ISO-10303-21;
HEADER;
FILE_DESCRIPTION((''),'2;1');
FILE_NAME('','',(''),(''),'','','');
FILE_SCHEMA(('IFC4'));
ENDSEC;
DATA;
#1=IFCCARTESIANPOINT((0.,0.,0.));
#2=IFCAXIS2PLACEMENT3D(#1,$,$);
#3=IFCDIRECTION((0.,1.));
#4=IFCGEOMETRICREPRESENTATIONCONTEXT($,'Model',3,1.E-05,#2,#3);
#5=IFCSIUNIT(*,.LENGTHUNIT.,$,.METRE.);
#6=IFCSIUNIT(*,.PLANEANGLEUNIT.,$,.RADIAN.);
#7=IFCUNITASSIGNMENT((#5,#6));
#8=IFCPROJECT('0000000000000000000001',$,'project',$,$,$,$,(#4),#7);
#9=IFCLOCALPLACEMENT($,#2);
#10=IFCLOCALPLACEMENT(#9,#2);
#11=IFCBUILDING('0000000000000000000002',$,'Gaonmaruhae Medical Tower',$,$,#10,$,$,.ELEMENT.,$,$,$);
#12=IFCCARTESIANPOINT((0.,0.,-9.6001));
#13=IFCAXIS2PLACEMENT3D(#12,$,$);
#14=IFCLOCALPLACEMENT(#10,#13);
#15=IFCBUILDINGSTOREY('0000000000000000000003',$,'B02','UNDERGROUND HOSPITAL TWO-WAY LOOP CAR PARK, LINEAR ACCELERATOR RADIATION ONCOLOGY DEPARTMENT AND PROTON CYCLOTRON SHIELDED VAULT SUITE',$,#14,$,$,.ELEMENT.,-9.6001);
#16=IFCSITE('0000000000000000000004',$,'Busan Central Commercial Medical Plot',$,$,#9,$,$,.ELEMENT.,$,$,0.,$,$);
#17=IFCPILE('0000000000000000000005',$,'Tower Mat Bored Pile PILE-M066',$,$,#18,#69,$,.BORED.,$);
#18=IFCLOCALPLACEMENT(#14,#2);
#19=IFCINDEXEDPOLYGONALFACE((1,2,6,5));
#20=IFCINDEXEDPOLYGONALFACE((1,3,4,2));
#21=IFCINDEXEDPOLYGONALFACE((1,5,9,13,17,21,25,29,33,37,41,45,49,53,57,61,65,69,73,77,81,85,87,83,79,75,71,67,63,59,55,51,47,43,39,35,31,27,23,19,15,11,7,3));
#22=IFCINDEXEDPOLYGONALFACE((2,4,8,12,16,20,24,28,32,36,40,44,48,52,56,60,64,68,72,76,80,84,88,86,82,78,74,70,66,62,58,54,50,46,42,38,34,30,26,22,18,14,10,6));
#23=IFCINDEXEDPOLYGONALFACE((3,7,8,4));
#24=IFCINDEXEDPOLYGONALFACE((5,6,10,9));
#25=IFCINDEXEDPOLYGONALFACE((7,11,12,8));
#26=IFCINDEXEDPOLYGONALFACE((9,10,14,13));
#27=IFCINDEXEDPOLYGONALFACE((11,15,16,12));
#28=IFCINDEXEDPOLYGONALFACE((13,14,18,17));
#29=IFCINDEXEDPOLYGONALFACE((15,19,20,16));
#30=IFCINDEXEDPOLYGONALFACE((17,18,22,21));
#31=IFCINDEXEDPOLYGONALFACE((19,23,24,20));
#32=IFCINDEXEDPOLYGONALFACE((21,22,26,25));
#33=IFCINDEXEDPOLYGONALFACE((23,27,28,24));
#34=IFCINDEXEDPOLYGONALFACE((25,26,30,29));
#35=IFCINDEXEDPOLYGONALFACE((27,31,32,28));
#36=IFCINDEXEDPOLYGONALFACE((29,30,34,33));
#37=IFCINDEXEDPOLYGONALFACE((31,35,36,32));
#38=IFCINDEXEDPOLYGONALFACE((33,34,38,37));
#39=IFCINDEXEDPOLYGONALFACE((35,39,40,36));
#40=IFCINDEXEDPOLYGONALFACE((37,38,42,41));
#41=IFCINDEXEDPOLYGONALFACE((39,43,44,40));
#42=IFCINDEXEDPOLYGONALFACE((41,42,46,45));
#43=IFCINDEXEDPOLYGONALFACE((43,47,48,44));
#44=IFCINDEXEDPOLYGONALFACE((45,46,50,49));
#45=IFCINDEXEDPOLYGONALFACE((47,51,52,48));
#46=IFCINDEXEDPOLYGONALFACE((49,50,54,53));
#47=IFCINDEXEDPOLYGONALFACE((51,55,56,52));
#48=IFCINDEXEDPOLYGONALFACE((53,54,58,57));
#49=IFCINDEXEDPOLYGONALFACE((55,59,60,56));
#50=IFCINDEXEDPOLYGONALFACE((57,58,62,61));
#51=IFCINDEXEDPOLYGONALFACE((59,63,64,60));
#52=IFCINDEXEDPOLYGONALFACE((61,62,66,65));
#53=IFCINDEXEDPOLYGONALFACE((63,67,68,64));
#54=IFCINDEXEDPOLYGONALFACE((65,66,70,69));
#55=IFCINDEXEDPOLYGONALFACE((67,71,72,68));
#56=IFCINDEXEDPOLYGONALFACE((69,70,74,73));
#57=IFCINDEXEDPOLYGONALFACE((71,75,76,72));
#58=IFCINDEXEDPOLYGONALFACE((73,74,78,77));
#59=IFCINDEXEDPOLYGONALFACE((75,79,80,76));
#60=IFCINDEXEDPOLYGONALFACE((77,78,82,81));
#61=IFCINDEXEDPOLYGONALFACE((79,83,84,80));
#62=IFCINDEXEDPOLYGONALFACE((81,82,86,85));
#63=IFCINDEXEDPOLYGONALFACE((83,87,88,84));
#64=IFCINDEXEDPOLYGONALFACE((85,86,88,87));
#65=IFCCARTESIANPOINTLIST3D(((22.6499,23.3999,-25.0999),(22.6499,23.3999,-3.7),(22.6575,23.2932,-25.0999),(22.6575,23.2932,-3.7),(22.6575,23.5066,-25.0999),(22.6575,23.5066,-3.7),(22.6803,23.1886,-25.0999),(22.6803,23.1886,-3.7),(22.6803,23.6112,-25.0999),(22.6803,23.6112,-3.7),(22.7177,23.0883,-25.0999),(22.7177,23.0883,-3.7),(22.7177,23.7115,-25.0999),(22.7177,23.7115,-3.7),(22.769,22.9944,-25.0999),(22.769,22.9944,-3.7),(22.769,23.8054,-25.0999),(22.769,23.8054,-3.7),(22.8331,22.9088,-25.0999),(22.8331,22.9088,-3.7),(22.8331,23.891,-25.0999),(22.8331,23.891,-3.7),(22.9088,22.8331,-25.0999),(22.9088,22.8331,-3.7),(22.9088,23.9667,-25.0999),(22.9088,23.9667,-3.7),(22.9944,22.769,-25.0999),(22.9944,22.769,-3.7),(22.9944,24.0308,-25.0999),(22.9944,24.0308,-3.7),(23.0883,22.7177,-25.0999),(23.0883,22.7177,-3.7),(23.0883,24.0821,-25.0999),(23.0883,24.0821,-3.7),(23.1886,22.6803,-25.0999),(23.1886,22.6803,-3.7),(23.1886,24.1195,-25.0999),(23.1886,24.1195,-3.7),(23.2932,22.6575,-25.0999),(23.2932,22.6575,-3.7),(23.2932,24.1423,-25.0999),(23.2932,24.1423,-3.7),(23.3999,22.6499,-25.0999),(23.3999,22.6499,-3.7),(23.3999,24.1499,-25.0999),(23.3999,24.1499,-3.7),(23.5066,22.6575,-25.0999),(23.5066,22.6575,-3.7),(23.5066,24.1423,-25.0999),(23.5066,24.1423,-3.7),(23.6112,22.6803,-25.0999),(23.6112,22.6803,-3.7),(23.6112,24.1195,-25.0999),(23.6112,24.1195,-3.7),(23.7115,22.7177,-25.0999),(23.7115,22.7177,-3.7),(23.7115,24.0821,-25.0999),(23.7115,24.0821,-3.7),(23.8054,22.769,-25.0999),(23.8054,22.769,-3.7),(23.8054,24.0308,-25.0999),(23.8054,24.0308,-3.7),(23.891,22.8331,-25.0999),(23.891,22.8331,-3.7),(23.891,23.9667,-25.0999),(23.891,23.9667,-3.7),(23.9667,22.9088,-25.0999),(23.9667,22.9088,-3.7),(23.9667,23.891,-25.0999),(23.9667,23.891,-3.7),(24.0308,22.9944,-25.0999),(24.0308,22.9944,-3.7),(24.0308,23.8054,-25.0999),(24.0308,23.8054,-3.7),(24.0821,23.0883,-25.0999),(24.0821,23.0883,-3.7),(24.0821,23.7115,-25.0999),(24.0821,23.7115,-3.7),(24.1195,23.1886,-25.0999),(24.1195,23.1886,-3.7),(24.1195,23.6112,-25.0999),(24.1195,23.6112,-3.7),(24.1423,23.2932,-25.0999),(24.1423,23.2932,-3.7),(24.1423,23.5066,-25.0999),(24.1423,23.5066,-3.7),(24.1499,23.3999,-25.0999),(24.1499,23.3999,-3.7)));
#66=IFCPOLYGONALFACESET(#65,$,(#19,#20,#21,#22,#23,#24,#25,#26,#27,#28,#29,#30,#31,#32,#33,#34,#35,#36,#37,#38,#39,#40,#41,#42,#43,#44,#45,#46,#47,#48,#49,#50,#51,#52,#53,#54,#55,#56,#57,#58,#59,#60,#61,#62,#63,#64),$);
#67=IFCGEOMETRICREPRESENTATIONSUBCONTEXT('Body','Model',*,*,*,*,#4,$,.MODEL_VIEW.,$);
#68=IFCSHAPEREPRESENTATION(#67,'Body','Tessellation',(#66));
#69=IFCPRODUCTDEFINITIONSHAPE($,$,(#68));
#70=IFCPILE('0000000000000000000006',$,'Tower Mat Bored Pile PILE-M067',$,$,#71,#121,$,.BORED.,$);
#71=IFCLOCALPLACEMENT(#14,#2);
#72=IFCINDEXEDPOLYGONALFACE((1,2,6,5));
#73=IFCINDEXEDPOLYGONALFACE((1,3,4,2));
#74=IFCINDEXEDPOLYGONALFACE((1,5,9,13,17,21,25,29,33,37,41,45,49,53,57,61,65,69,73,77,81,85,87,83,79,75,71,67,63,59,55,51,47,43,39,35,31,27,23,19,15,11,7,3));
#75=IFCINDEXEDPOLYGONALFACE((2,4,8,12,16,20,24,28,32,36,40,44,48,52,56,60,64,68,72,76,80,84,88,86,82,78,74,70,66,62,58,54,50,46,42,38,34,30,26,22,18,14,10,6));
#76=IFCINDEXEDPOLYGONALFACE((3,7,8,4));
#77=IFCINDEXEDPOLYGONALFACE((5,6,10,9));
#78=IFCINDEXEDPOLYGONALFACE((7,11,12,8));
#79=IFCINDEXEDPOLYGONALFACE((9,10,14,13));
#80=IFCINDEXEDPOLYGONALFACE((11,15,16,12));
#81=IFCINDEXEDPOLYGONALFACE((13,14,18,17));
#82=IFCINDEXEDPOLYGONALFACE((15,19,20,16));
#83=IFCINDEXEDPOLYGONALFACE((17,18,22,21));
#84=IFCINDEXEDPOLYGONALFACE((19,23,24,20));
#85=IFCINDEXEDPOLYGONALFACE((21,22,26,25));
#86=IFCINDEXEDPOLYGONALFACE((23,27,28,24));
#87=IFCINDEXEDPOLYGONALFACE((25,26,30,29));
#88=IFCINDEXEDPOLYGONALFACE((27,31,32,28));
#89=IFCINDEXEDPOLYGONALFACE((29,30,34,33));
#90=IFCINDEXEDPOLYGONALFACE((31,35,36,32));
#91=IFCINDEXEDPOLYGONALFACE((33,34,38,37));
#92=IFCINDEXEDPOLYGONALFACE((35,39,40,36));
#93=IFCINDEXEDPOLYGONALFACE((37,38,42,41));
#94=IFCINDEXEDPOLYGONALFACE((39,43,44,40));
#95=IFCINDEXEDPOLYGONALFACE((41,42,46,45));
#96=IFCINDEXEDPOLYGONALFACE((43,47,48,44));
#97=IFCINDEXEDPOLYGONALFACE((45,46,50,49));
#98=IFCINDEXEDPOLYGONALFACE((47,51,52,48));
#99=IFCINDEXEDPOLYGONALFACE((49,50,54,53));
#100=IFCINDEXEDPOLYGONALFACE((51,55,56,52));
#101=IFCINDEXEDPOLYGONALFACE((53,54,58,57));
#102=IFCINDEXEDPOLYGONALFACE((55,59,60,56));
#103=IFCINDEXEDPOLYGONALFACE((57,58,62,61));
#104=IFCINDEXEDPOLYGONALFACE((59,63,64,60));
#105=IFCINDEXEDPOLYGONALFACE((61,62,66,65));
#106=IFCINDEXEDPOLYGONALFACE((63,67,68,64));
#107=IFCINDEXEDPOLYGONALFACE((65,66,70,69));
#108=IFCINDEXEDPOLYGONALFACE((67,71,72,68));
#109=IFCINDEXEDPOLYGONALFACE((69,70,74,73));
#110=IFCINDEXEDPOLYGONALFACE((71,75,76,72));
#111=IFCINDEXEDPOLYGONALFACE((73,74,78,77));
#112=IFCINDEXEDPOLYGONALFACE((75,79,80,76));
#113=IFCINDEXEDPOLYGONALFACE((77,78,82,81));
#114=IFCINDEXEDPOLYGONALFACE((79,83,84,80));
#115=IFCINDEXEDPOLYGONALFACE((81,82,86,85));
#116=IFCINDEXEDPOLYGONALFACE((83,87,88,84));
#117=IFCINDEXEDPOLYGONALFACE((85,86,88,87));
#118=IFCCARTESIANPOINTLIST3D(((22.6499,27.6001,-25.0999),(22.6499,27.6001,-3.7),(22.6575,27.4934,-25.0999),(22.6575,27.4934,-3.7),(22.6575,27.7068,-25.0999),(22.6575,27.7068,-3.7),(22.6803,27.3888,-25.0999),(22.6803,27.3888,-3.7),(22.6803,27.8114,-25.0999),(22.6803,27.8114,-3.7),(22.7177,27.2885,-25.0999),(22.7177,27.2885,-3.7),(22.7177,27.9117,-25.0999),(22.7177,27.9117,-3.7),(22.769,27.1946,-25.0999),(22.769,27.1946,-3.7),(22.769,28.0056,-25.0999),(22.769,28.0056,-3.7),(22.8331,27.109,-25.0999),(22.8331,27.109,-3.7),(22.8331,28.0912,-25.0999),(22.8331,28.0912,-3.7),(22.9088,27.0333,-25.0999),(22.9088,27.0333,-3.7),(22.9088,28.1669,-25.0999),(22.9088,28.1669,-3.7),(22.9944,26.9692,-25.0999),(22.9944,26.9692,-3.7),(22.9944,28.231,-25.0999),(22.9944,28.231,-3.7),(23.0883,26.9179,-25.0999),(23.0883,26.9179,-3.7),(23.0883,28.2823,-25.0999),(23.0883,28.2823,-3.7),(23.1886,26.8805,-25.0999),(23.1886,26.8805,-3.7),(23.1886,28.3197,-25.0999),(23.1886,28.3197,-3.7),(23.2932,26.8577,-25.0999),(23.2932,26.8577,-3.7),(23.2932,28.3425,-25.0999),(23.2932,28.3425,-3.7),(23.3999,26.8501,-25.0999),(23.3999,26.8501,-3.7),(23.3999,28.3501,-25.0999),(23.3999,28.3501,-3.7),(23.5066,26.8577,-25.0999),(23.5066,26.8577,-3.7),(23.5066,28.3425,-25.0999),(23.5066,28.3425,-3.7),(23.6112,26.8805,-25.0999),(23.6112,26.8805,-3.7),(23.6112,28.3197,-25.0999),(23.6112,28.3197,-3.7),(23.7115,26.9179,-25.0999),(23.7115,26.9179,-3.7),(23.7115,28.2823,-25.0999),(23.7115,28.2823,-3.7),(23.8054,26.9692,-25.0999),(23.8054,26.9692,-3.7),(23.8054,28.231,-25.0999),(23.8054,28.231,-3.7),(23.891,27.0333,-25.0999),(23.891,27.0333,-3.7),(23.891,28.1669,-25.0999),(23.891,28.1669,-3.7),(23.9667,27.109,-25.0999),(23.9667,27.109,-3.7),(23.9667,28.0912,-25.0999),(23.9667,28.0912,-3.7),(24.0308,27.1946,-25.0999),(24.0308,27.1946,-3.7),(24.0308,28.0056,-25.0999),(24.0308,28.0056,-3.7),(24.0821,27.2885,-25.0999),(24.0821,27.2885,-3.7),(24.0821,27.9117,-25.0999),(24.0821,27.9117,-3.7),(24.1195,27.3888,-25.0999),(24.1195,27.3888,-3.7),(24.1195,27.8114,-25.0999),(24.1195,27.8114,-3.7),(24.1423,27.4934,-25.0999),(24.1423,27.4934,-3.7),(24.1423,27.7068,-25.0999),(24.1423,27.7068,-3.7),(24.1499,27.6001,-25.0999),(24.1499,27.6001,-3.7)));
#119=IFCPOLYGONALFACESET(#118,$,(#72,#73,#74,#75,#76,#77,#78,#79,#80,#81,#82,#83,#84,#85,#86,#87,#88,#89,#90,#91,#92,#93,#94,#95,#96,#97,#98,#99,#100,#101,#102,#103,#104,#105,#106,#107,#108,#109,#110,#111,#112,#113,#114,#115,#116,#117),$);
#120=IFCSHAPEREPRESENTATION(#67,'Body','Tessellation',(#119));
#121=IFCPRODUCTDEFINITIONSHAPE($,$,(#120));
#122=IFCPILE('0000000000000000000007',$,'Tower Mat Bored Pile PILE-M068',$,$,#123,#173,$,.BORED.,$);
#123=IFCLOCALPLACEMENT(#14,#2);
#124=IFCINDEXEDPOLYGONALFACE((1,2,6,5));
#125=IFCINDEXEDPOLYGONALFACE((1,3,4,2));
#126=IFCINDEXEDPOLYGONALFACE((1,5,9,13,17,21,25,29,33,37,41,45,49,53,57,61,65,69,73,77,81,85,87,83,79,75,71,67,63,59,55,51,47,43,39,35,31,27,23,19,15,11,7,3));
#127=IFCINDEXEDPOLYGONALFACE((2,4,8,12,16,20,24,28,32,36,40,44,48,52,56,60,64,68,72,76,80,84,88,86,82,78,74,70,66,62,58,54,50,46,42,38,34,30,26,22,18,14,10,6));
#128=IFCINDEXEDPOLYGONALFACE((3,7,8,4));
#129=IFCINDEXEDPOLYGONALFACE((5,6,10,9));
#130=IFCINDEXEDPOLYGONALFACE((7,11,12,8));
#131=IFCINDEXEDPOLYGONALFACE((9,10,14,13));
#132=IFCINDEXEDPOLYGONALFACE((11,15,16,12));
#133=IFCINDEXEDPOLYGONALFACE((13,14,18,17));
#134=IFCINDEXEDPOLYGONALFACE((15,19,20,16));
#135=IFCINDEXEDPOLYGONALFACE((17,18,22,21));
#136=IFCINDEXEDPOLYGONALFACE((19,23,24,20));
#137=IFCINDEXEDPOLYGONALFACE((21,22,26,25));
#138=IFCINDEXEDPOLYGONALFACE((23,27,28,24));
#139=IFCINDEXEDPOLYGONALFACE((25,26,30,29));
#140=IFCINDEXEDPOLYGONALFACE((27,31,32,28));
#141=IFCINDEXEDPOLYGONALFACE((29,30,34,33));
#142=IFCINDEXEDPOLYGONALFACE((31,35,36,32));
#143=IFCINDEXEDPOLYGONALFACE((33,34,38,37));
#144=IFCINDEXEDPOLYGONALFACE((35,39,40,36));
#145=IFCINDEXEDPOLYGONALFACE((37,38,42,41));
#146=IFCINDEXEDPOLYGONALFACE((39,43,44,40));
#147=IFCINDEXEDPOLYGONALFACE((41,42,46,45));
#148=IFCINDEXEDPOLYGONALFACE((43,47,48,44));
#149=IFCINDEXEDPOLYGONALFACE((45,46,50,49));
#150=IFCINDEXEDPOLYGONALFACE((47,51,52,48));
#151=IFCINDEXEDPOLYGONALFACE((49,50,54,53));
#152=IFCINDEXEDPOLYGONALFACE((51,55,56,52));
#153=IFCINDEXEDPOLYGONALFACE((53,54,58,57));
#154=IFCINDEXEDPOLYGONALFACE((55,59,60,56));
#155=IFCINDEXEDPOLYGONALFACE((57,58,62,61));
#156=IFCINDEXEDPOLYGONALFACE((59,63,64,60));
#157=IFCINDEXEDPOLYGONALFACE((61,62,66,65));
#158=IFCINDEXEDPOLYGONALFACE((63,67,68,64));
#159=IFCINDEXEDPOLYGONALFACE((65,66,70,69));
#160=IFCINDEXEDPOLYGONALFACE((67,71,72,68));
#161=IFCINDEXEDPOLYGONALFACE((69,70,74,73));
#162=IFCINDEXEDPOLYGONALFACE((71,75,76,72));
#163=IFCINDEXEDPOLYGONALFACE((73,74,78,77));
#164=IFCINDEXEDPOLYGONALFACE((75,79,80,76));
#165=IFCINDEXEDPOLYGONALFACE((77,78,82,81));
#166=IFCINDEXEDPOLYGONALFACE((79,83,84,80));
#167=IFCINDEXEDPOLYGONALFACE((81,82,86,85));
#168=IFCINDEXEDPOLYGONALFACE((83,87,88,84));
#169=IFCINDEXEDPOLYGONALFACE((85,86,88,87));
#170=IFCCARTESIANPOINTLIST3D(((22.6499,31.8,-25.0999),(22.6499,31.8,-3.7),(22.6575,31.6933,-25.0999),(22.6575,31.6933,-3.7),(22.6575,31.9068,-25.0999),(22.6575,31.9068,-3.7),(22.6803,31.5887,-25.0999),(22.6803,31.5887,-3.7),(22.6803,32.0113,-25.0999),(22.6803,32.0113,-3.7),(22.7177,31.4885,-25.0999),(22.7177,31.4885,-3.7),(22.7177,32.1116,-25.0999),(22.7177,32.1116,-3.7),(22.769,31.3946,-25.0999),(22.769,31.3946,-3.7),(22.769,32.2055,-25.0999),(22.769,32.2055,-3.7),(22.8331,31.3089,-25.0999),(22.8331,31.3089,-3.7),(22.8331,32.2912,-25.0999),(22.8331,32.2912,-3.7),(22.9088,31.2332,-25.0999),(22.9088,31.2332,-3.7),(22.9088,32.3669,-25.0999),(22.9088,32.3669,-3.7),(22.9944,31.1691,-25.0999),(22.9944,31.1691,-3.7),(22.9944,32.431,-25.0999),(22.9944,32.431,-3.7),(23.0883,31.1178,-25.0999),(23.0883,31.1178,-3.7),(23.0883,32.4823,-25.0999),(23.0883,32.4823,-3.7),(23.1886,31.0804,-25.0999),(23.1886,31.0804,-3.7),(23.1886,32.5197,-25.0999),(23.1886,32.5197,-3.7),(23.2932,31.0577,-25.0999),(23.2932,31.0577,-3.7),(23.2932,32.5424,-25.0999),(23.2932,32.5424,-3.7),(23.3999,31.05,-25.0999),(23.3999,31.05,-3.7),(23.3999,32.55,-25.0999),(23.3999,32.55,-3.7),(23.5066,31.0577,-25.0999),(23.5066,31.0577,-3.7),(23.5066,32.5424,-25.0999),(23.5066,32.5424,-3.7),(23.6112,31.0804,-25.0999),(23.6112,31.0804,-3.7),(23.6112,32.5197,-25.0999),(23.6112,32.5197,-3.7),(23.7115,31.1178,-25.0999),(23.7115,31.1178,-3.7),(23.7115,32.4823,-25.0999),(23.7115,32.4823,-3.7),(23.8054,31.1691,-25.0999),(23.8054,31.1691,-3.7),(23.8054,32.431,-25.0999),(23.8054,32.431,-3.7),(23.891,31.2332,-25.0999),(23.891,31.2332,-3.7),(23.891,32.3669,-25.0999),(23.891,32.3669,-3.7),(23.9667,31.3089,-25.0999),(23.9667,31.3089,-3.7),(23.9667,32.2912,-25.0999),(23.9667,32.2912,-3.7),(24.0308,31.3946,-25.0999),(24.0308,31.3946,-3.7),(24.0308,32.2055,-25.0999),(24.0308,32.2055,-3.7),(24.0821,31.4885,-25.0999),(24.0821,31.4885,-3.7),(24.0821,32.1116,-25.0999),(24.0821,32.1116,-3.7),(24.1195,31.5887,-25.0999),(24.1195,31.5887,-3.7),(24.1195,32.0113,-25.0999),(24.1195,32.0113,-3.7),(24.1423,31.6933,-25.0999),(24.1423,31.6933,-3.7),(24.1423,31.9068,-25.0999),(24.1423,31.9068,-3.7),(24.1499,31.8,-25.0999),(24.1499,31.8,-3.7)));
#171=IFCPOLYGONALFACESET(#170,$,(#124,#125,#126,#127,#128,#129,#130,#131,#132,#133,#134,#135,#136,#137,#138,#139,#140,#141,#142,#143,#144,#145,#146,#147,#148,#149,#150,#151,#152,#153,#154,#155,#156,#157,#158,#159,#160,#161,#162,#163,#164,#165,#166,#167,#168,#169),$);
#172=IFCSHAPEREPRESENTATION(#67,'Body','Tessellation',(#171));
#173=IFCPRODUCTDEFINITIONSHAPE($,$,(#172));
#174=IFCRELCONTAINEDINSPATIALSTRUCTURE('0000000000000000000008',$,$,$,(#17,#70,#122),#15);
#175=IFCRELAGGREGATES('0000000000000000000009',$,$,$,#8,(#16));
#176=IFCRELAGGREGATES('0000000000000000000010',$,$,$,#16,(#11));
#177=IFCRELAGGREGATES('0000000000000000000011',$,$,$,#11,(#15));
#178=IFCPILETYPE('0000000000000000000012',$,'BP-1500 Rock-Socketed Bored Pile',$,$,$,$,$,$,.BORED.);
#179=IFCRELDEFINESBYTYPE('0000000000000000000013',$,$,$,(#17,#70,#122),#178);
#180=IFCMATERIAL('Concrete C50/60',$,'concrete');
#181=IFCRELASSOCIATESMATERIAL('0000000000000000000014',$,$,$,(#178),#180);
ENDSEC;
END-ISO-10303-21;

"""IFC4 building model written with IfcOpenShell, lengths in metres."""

from ifc_helpers import new_model, si_unit, direction, frame, origin, origin_2d, place, context, subcontext, project, spatial, circle, extrude, material, material_profile, profile_set, type_object, element, save


model = new_model("IFC4")

# Units and contexts
model_context = context("Model", 3, precision=1e-05, world=origin(), true_north=direction((0.0, 1.0)))
body_context = subcontext(model_context, "Body", "Model", "MODEL_VIEW")
ifc_project = project(units=[si_unit("LENGTHUNIT", "METRE"), si_unit("PLANEANGLEUNIT", "RADIAN")], contexts=[model_context])

# Site, building, storey
site_placement = place(None, origin())
site = spatial("IfcSite", under=ifc_project, at=site_placement, Name="Busan Central Commercial Medical Plot", CompositionType="ELEMENT", RefElevation=0.0)
building_placement = place(site_placement, origin())
building = spatial("IfcBuilding", under=site, at=building_placement, Name="Gaonmaruhae Medical Tower", CompositionType="ELEMENT")
storey_placement = place(building_placement, frame((0.0, 0.0, -9.6001)))
storey = spatial("IfcBuildingStorey", under=building, at=storey_placement, Name="B02", Description="UNDERGROUND HOSPITAL TWO-WAY LOOP CAR PARK, LINEAR ACCELERATOR RADIATION ONCOLOGY DEPARTMENT AND PROTON CYCLOTRON SHIELDED VAULT SUITE", CompositionType="ELEMENT", Elevation=-9.6001)

# Piles
ifc_material_1 = material(Name="Concrete C50/60", Category="concrete")
ifc_material_profile_1 = material_profile(ifc_material_1, circle(Radius=0.75, at=origin_2d()), Name="PILE-D1500")
ifc_profile_set_1 = profile_set([ifc_material_profile_1], Name="Concrete C50/60")
pile_type = type_object("IfcPileType", Name="BP-1500 Rock-Socketed Bored Pile", PredefinedType="BORED", material=ifc_profile_set_1)
for number, where, z_axis, x_axis, name in (
    (1, (23.3999, 23.3999, -3.7), (0.0, 0.0, -1.0), (1.0, 0.0, 0.0), "Tower Mat Bored Pile PILE-M066"),
    (2, (23.3999, 27.6001, -3.7), (0.0, 0.0, -1.0), (1.0, 0.0, 0.0), "Tower Mat Bored Pile PILE-M067"),
    (3, (23.3999, 31.8, -3.7), (0.0, 0.0, -1.0), (1.0, 0.0, 0.0), "Tower Mat Bored Pile PILE-M068"),
):
    element("IfcPile", number, at=place(storey_placement, frame(where, z_axis=z_axis, x_axis=x_axis)), inside=storey, type_object=pile_type, Name=name, PredefinedType="BORED", context=body_context, shape_type="SweptSolid", body=[
        extrude(circle(Radius=0.75, at=origin_2d()), origin(), (0.0, 0.0, 1.0), 21.3999),
    ])

save(model, "model.ifc")
